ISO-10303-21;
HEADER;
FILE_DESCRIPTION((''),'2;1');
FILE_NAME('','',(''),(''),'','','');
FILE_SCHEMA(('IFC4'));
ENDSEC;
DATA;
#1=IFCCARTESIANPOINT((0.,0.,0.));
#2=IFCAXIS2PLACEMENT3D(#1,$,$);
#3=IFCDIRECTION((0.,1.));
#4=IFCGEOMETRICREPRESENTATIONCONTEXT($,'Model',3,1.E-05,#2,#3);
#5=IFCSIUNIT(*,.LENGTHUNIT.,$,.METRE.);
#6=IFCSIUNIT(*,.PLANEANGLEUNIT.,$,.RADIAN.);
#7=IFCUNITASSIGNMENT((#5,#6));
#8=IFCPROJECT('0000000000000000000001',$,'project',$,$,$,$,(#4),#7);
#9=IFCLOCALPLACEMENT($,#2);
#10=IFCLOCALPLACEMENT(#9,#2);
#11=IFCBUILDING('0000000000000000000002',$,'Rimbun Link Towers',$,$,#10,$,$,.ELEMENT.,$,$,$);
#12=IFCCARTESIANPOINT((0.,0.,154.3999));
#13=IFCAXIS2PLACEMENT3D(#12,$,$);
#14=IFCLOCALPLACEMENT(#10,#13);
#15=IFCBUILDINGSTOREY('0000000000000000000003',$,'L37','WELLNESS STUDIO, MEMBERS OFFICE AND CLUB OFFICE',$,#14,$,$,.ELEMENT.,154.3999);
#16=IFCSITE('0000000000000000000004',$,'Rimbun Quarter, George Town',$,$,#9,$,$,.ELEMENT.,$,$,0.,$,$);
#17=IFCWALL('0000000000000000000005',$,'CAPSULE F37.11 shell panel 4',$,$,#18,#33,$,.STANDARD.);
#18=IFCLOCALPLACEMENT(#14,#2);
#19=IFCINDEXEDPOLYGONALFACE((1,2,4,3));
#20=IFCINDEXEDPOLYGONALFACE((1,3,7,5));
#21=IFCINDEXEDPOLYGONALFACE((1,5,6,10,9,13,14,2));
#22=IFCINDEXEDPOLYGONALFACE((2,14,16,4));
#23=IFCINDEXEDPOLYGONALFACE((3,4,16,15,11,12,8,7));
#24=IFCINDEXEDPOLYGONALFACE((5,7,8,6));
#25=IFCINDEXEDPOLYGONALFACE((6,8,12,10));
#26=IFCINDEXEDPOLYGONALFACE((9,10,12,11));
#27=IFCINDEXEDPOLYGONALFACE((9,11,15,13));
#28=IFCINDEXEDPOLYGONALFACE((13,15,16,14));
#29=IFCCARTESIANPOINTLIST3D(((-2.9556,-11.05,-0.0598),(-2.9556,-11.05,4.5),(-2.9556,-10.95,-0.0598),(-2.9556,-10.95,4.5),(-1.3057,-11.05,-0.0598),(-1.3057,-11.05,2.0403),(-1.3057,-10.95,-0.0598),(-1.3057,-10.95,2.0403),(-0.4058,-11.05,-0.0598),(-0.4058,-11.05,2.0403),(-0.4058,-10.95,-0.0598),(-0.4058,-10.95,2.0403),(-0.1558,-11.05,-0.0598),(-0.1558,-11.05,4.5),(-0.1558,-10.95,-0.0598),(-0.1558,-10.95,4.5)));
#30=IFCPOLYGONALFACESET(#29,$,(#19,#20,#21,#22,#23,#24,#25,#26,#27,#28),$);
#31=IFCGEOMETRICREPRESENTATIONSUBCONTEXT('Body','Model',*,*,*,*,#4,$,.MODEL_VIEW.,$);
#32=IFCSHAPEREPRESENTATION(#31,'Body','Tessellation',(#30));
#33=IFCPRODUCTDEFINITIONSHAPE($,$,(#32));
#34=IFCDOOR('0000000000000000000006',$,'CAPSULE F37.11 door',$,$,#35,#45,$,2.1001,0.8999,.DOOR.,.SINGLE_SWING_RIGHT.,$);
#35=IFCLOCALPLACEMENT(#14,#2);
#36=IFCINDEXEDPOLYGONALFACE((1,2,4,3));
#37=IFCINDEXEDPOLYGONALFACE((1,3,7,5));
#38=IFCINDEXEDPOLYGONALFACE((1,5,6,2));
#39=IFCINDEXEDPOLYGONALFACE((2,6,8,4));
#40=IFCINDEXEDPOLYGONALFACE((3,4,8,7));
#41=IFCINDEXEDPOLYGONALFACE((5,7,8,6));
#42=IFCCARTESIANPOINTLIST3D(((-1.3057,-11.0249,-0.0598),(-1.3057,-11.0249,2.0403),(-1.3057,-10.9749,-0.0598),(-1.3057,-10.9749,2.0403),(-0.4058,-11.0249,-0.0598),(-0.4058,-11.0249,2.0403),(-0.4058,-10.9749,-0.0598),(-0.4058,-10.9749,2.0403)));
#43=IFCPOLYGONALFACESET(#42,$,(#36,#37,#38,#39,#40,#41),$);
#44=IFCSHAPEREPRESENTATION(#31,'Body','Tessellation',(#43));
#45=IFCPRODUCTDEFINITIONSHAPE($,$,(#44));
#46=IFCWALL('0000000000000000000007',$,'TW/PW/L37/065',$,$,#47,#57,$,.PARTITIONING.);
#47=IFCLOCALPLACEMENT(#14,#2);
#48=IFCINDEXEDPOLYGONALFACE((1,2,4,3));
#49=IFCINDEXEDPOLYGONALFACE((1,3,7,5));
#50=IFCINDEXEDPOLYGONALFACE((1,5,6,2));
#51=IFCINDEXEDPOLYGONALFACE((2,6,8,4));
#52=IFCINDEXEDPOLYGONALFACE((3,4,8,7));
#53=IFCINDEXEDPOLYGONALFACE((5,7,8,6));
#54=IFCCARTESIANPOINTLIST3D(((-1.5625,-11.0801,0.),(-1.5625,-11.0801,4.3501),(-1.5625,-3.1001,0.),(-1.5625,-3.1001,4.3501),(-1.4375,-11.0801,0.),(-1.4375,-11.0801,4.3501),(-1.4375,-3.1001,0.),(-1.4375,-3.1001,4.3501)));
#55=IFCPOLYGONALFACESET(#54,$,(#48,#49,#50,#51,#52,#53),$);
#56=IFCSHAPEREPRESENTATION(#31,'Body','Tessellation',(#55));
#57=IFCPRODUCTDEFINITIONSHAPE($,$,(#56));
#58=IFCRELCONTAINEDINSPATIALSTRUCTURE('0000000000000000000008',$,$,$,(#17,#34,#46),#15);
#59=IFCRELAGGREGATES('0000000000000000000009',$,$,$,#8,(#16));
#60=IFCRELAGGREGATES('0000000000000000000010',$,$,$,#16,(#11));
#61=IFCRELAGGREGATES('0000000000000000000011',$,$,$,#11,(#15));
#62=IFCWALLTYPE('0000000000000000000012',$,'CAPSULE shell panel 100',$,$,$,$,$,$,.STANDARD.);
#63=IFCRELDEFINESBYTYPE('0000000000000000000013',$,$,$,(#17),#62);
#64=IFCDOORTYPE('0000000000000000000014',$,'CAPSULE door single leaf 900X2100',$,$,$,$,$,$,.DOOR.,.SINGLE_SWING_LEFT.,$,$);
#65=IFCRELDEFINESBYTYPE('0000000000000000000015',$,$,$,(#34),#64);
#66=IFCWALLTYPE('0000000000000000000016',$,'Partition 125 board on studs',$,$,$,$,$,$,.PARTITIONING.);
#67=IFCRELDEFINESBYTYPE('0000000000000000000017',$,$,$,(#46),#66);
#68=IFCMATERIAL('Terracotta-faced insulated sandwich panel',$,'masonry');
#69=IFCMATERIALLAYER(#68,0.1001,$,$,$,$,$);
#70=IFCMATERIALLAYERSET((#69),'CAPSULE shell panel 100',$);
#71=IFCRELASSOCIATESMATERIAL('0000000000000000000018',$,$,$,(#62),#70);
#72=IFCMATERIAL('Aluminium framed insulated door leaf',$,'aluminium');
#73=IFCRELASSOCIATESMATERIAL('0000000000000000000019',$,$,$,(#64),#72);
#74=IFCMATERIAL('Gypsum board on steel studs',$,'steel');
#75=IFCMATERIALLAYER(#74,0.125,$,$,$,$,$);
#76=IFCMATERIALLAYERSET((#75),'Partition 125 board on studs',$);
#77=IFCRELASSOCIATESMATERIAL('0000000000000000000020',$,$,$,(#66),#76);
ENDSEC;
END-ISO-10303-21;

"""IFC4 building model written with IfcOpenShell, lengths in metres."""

from ifc_helpers import new_model, si_unit, direction, frame, frame_2d, origin, place, context, subcontext, project, spatial, rectangle, extrude, material, layer, layer_set, type_object, element, fill, save


model = new_model("IFC4")

# Units and contexts
model_context = context("Model", 3, precision=1e-05, world=origin(), true_north=direction((0.0, 1.0)))
body_context = subcontext(model_context, "Body", "Model", "MODEL_VIEW")
ifc_project = project(units=[si_unit("LENGTHUNIT", "METRE"), si_unit("PLANEANGLEUNIT", "RADIAN")], contexts=[model_context])

# Site, building, storey
site_placement = place(None, origin())
site = spatial("IfcSite", under=ifc_project, at=site_placement, Name="Rimbun Quarter, George Town", CompositionType="ELEMENT", RefElevation=0.0)
building_placement = place(site_placement, origin())
building = spatial("IfcBuilding", under=site, at=building_placement, Name="Rimbun Link Towers", CompositionType="ELEMENT")
storey_placement = place(building_placement, frame((0.0, 0.0, 154.3999)))
storey = spatial("IfcBuildingStorey", under=building, at=storey_placement, Name="L37", Description="WELLNESS STUDIO, MEMBERS OFFICE AND CLUB OFFICE", CompositionType="ELEMENT", Elevation=154.3999)

# Shared definitions
ifc_material_1 = material(Name="Terracotta-faced insulated sandwich panel", Category="masonry")
ifc_layer_1 = layer(ifc_material_1, 0.1001)
ifc_layer_set_1 = layer_set([ifc_layer_1], Name="CAPSULE shell panel 100")
wall_type_1 = type_object("IfcWallType", Name="CAPSULE shell panel 100", PredefinedType="STANDARD", material=ifc_layer_set_1)

# Wall, opening, door
wall_1_placement = place(storey_placement, frame((-0.1558, -11.0, -0.0598), z_axis=(0.0, 0.0, 1.0), x_axis=(-1.0, 0.0, 0.0)))
wall_1 = element("IfcWall", 1, at=wall_1_placement, inside=storey, type_object=wall_type_1, Name="CAPSULE F37.11 shell panel 4", PredefinedType="STANDARD", context=body_context, shape_type="SweptSolid", body=[
    extrude(rectangle(XDim=2.7998, YDim=0.1001, at=frame_2d((1.3999, 0.0))), origin(), (0.0, 0.0, 1.0), 4.5598),
])
opening_1_placement = place(wall_1_placement, frame((0.25, 0.0, 0.0)))
opening_1 = element("IfcOpeningElement", 2, at=opening_1_placement, cuts=wall_1, PredefinedType="OPENING", context=body_context, shape_type="SweptSolid", body=[
    extrude(rectangle(XDim=0.8999, YDim=2.1001, at=frame_2d((0.45, 1.05))), frame((0.0, 0.0601, 0.0), z_axis=(0.0, -1.0, 0.0), x_axis=(1.0, 0.0, 0.0)), (0.0, 0.0, 1.0), 0.1201),
])
ifc_material_2 = material(Name="Aluminium framed insulated door leaf", Category="aluminium")
door_type = type_object("IfcDoorType", Name="CAPSULE door single leaf 900X2100", OperationType="SINGLE_SWING_LEFT", PredefinedType="DOOR", material=ifc_material_2)
door_placement = place(opening_1_placement, origin())
door = element("IfcDoor", 3, at=door_placement, inside=storey, type_object=door_type, Name="CAPSULE F37.11 door", OperationType="SINGLE_SWING_RIGHT", OverallHeight=2.1001, OverallWidth=0.8999, PredefinedType="DOOR", context=body_context, shape_type="SweptSolid", body=[
    extrude(rectangle(XDim=0.8999, YDim=2.1001, at=frame_2d((0.45, 1.05))), frame((0.0, 0.0249, 0.0), z_axis=(0.0, -1.0, 0.0), x_axis=(1.0, 0.0, 0.0)), (0.0, 0.0, 1.0), 0.05),
])
fill(opening_1, door)

# Wall
ifc_material_3 = material(Name="Gypsum board on steel studs", Category="steel")
ifc_layer_2 = layer(ifc_material_3, 0.125)
ifc_layer_set_2 = layer_set([ifc_layer_2], Name="Partition 125 board on studs")
wall_type_2 = type_object("IfcWallType", Name="Partition 125 board on studs", PredefinedType="PARTITIONING", material=ifc_layer_set_2)
wall_2_placement = place(storey_placement, frame((-1.5, -11.0801, 0.0), z_axis=(0.0, 0.0, 1.0), x_axis=(0.0, 1.0, 0.0)))
element("IfcWall", 4, at=wall_2_placement, inside=storey, type_object=wall_type_2, Name="TW/PW/L37/065", PredefinedType="PARTITIONING", context=body_context, shape_type="SweptSolid", body=[
    extrude(rectangle(XDim=7.98, YDim=0.125, at=frame_2d((3.99, 0.0))), origin(), (0.0, 0.0, 1.0), 4.3501),
])

save(model, "model.ifc")
